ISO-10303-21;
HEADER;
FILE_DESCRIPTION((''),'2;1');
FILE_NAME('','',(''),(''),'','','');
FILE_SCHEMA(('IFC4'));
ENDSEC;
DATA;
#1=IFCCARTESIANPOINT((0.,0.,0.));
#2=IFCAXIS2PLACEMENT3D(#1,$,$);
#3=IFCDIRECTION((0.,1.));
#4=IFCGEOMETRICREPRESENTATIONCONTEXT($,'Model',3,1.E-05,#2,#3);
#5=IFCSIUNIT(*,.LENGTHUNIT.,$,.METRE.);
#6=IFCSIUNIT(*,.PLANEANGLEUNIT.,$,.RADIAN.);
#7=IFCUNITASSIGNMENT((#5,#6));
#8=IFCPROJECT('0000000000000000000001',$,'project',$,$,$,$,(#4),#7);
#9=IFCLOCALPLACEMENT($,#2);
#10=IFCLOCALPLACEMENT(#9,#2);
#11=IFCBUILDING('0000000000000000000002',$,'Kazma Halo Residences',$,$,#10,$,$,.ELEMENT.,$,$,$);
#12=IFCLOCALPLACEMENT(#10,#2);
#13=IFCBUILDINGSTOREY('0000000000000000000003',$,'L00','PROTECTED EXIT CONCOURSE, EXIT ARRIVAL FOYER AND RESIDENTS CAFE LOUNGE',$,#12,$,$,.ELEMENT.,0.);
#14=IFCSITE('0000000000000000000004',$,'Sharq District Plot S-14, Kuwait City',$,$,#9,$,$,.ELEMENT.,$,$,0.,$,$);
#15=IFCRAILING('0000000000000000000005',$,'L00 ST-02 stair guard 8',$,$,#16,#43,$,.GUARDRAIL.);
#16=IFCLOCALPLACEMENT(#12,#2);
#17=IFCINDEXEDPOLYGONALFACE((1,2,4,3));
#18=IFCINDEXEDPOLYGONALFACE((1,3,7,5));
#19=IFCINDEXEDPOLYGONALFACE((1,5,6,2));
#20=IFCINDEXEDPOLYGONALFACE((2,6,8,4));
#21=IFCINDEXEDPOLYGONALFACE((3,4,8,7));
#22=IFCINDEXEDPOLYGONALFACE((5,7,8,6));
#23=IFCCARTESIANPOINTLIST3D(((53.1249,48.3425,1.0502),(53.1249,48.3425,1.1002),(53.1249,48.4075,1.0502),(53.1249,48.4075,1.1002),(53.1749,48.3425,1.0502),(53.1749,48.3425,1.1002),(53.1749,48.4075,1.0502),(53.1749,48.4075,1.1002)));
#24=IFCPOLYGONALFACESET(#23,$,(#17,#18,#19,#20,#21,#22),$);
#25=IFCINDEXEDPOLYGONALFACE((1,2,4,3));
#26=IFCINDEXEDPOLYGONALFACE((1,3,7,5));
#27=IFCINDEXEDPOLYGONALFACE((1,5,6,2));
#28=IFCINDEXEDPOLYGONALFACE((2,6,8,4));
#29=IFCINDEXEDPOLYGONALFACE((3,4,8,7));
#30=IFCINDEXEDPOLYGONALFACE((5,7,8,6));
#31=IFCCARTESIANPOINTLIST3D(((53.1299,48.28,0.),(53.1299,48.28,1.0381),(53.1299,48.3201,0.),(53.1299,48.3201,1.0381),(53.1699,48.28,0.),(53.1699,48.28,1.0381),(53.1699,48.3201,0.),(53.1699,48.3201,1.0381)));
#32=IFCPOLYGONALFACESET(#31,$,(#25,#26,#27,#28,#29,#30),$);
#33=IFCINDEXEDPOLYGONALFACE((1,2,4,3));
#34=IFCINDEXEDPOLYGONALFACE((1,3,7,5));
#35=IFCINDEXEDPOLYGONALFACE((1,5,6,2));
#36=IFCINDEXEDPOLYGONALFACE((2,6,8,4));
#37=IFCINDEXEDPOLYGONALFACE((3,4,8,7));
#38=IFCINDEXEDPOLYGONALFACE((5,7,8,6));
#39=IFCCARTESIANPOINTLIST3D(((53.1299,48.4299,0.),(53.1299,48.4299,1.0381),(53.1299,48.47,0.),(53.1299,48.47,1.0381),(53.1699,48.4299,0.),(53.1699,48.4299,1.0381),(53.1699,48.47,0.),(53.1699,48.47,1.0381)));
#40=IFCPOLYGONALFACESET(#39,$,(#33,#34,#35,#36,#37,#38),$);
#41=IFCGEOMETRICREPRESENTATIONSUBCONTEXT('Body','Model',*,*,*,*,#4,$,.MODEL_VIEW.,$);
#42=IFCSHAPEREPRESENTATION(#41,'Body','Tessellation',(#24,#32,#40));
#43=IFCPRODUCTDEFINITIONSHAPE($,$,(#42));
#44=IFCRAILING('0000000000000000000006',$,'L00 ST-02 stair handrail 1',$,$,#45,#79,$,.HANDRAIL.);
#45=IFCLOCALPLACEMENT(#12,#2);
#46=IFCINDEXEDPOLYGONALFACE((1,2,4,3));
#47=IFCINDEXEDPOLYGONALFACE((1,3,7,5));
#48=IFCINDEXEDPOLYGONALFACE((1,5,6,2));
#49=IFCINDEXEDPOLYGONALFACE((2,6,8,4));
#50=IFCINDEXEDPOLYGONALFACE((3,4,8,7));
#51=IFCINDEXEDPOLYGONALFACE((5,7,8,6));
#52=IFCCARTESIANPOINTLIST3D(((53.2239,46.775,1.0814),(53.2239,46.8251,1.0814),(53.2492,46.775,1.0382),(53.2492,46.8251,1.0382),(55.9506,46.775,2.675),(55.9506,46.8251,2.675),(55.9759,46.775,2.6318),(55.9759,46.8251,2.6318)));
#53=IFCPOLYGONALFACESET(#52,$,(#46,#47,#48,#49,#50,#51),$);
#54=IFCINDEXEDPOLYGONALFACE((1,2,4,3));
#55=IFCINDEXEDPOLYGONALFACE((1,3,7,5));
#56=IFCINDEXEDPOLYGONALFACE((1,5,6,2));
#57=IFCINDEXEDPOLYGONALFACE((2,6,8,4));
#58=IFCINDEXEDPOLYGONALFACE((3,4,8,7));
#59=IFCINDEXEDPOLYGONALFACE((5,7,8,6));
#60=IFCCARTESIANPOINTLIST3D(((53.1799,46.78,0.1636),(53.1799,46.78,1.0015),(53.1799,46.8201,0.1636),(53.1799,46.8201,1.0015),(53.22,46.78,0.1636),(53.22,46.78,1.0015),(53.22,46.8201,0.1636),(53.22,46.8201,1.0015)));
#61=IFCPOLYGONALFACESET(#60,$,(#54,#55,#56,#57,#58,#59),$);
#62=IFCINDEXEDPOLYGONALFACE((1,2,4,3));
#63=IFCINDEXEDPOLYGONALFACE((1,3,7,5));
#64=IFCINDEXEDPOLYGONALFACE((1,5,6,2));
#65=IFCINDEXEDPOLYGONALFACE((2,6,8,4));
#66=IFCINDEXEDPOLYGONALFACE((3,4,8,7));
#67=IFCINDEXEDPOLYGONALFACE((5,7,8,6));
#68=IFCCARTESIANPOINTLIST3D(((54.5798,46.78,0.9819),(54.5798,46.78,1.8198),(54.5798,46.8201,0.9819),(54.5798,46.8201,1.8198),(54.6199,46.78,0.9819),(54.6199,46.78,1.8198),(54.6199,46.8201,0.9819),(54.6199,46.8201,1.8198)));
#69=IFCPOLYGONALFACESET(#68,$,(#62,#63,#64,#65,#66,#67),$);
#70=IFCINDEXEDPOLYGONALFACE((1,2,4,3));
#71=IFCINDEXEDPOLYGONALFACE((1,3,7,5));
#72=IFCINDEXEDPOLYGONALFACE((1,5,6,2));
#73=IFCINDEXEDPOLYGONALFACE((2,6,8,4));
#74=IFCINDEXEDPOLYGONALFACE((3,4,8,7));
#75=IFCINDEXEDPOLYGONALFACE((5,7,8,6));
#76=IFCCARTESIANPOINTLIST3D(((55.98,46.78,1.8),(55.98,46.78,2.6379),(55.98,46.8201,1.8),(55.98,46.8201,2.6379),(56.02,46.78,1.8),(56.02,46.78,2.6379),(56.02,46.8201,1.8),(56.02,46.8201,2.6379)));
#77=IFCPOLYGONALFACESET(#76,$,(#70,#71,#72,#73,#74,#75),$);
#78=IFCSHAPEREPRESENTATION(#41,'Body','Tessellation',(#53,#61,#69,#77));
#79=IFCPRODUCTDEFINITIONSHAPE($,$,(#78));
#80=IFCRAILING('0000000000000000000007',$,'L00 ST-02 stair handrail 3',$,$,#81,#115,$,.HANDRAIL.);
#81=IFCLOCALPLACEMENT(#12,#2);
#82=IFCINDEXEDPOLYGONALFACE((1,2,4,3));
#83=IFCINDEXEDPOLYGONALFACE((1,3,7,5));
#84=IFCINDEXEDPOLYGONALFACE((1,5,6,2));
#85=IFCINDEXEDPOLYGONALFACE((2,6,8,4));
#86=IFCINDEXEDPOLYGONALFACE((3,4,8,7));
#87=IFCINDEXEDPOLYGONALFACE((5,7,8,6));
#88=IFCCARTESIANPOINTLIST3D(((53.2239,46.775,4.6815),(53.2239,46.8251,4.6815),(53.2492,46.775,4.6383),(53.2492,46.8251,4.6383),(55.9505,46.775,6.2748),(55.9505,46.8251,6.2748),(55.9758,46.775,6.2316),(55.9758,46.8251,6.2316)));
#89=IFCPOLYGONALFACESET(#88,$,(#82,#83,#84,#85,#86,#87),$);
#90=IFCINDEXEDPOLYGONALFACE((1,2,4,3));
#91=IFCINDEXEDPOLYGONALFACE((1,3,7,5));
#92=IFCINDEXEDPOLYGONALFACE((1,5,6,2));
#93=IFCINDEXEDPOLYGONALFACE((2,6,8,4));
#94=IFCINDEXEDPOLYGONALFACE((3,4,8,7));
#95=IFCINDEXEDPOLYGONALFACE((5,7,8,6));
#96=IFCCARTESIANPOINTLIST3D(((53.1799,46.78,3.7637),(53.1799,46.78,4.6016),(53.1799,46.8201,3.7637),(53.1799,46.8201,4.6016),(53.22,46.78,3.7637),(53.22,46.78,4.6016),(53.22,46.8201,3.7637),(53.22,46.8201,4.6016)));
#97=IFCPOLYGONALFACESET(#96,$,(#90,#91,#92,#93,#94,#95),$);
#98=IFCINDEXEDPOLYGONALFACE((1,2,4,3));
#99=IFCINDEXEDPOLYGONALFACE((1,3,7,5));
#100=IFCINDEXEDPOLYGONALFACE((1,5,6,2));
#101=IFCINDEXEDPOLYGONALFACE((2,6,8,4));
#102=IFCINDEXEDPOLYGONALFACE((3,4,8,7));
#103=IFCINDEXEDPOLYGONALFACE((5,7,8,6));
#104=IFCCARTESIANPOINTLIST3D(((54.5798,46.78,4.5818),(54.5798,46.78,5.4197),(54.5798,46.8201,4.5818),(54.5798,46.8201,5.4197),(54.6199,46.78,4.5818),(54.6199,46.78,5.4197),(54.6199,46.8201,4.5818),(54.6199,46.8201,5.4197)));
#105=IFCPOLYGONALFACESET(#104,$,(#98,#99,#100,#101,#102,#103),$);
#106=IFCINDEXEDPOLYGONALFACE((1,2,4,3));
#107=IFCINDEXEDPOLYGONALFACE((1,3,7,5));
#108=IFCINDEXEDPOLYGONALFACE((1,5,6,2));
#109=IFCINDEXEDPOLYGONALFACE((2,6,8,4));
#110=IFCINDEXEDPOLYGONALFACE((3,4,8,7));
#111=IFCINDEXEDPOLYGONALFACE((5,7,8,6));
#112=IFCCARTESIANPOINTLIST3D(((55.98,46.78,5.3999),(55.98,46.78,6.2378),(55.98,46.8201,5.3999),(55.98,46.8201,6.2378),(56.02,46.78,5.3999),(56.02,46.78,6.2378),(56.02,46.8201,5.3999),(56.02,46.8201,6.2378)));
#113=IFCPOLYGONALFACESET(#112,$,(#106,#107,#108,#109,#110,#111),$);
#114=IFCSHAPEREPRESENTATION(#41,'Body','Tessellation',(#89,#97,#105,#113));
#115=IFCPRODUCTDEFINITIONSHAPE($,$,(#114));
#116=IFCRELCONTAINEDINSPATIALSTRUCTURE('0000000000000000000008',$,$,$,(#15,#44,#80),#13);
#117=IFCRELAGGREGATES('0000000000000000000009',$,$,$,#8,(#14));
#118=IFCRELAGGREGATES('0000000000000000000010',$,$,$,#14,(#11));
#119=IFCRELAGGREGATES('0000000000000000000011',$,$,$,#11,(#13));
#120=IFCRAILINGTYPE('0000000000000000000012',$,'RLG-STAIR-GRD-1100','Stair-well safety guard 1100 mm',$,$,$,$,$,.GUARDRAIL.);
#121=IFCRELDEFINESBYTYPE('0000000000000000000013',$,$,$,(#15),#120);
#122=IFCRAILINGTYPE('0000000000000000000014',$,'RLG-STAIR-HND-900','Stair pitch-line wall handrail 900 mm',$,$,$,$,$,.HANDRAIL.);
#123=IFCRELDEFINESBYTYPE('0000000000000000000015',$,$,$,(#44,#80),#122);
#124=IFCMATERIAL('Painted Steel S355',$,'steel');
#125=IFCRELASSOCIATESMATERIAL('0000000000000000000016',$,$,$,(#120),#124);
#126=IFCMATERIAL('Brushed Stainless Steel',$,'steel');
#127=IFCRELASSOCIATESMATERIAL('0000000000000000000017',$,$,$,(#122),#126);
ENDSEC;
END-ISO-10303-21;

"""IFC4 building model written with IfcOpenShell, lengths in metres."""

from ifc_helpers import new_model, si_unit, direction, frame, origin, origin_2d, place, context, subcontext, project, spatial, rectangle, extrude, material, type_object, element, save


model = new_model("IFC4")

# Units and contexts
model_context = context("Model", 3, precision=1e-05, world=origin(), true_north=direction((0.0, 1.0)))
body_context = subcontext(model_context, "Body", "Model", "MODEL_VIEW")
ifc_project = project(units=[si_unit("LENGTHUNIT", "METRE"), si_unit("PLANEANGLEUNIT", "RADIAN")], contexts=[model_context])

# Site, building, storey
site_placement = place(None, origin())
site = spatial("IfcSite", under=ifc_project, at=site_placement, Name="Sharq District Plot S-14, Kuwait City", CompositionType="ELEMENT", RefElevation=0.0)
building_placement = place(site_placement, origin())
building = spatial("IfcBuilding", under=site, at=building_placement, Name="Kazma Halo Residences", CompositionType="ELEMENT")
storey_placement = place(building_placement, origin())
storey = spatial("IfcBuildingStorey", under=building, at=storey_placement, Name="L00", Description="PROTECTED EXIT CONCOURSE, EXIT ARRIVAL FOYER AND RESIDENTS CAFE LOUNGE", CompositionType="ELEMENT", Elevation=0.0)

# Railings
ifc_material_1 = material(Name="Painted Steel S355", Category="steel")
railing_type_1 = type_object("IfcRailingType", Name="RLG-STAIR-GRD-1100", Description="Stair-well safety guard 1100 mm", PredefinedType="GUARDRAIL", material=ifc_material_1)
railing_1_placement = place(storey_placement, frame((53.1499, 48.3, 0.0)))
element("IfcRailing", 1, at=railing_1_placement, inside=storey, type_object=railing_type_1, Name="L00 ST-02 stair guard 8", PredefinedType="GUARDRAIL", context=body_context, shape_type="SweptSolid", body=[
    extrude(rectangle(XDim=0.05, YDim=0.05, at=origin_2d()), frame((0.0, 0.0425, 1.0752), z_axis=(0.0, 1.0, 0.0), x_axis=(-1.0, 0.0, 0.0)), (0.0, 0.0, 1.0), 0.0649),
    extrude(rectangle(XDim=0.04, YDim=0.04, at=origin_2d()), origin(), (0.0, 0.0, 1.0), 1.0381),
    extrude(rectangle(XDim=0.04, YDim=0.04, at=origin_2d()), frame((0.0, 0.1499, 0.0)), (0.0, 0.0, 1.0), 1.0381),
])
ifc_material_2 = material(Name="Brushed Stainless Steel", Category="steel")
railing_type_2 = type_object("IfcRailingType", Name="RLG-STAIR-HND-900", Description="Stair pitch-line wall handrail 900 mm", PredefinedType="HANDRAIL", material=ifc_material_2)
railing_2_placement = place(storey_placement, frame((53.2, 46.8, 0.1636)))
element("IfcRailing", 2, at=railing_2_placement, inside=storey, type_object=railing_type_2, Name="L00 ST-02 stair handrail 1", PredefinedType="HANDRAIL", context=body_context, shape_type="SweptSolid", body=[
    extrude(rectangle(XDim=0.05, YDim=0.05, at=origin_2d()), frame((0.0366, 0.0, 0.8962), z_axis=(0.863361, 0.0, 0.504587), x_axis=(0.0, 1.0, 0.0)), (0.0, 0.0, 1.0), 3.1582),
    extrude(rectangle(XDim=0.04, YDim=0.04, at=origin_2d()), origin(), (0.0, 0.0, 1.0), 0.8379),
    extrude(rectangle(XDim=0.04, YDim=0.04, at=origin_2d()), frame((1.3999, 0.0, 0.8184)), (0.0, 0.0, 1.0), 0.8379),
    extrude(rectangle(XDim=0.04, YDim=0.04, at=origin_2d()), frame((2.8, 0.0, 1.6365)), (0.0, 0.0, 1.0), 0.8379),
])
railing_3_placement = place(storey_placement, frame((53.2, 46.8, 3.7637)))
element("IfcRailing", 3, at=railing_3_placement, inside=storey, type_object=railing_type_2, Name="L00 ST-02 stair handrail 3", PredefinedType="HANDRAIL", context=body_context, shape_type="SweptSolid", body=[
    extrude(rectangle(XDim=0.05, YDim=0.05, at=origin_2d()), frame((0.0366, 0.0, 0.8962), z_axis=(0.863394, 0.0, 0.504531), x_axis=(0.0, 1.0, 0.0)), (0.0, 0.0, 1.0), 3.158),
    extrude(rectangle(XDim=0.04, YDim=0.04, at=origin_2d()), origin(), (0.0, 0.0, 1.0), 0.8379),
    extrude(rectangle(XDim=0.04, YDim=0.04, at=origin_2d()), frame((1.3999, 0.0, 0.8181)), (0.0, 0.0, 1.0), 0.8379),
    extrude(rectangle(XDim=0.04, YDim=0.04, at=origin_2d()), frame((2.8, 0.0, 1.6362)), (0.0, 0.0, 1.0), 0.8379),
])

save(model, "model.ifc")
